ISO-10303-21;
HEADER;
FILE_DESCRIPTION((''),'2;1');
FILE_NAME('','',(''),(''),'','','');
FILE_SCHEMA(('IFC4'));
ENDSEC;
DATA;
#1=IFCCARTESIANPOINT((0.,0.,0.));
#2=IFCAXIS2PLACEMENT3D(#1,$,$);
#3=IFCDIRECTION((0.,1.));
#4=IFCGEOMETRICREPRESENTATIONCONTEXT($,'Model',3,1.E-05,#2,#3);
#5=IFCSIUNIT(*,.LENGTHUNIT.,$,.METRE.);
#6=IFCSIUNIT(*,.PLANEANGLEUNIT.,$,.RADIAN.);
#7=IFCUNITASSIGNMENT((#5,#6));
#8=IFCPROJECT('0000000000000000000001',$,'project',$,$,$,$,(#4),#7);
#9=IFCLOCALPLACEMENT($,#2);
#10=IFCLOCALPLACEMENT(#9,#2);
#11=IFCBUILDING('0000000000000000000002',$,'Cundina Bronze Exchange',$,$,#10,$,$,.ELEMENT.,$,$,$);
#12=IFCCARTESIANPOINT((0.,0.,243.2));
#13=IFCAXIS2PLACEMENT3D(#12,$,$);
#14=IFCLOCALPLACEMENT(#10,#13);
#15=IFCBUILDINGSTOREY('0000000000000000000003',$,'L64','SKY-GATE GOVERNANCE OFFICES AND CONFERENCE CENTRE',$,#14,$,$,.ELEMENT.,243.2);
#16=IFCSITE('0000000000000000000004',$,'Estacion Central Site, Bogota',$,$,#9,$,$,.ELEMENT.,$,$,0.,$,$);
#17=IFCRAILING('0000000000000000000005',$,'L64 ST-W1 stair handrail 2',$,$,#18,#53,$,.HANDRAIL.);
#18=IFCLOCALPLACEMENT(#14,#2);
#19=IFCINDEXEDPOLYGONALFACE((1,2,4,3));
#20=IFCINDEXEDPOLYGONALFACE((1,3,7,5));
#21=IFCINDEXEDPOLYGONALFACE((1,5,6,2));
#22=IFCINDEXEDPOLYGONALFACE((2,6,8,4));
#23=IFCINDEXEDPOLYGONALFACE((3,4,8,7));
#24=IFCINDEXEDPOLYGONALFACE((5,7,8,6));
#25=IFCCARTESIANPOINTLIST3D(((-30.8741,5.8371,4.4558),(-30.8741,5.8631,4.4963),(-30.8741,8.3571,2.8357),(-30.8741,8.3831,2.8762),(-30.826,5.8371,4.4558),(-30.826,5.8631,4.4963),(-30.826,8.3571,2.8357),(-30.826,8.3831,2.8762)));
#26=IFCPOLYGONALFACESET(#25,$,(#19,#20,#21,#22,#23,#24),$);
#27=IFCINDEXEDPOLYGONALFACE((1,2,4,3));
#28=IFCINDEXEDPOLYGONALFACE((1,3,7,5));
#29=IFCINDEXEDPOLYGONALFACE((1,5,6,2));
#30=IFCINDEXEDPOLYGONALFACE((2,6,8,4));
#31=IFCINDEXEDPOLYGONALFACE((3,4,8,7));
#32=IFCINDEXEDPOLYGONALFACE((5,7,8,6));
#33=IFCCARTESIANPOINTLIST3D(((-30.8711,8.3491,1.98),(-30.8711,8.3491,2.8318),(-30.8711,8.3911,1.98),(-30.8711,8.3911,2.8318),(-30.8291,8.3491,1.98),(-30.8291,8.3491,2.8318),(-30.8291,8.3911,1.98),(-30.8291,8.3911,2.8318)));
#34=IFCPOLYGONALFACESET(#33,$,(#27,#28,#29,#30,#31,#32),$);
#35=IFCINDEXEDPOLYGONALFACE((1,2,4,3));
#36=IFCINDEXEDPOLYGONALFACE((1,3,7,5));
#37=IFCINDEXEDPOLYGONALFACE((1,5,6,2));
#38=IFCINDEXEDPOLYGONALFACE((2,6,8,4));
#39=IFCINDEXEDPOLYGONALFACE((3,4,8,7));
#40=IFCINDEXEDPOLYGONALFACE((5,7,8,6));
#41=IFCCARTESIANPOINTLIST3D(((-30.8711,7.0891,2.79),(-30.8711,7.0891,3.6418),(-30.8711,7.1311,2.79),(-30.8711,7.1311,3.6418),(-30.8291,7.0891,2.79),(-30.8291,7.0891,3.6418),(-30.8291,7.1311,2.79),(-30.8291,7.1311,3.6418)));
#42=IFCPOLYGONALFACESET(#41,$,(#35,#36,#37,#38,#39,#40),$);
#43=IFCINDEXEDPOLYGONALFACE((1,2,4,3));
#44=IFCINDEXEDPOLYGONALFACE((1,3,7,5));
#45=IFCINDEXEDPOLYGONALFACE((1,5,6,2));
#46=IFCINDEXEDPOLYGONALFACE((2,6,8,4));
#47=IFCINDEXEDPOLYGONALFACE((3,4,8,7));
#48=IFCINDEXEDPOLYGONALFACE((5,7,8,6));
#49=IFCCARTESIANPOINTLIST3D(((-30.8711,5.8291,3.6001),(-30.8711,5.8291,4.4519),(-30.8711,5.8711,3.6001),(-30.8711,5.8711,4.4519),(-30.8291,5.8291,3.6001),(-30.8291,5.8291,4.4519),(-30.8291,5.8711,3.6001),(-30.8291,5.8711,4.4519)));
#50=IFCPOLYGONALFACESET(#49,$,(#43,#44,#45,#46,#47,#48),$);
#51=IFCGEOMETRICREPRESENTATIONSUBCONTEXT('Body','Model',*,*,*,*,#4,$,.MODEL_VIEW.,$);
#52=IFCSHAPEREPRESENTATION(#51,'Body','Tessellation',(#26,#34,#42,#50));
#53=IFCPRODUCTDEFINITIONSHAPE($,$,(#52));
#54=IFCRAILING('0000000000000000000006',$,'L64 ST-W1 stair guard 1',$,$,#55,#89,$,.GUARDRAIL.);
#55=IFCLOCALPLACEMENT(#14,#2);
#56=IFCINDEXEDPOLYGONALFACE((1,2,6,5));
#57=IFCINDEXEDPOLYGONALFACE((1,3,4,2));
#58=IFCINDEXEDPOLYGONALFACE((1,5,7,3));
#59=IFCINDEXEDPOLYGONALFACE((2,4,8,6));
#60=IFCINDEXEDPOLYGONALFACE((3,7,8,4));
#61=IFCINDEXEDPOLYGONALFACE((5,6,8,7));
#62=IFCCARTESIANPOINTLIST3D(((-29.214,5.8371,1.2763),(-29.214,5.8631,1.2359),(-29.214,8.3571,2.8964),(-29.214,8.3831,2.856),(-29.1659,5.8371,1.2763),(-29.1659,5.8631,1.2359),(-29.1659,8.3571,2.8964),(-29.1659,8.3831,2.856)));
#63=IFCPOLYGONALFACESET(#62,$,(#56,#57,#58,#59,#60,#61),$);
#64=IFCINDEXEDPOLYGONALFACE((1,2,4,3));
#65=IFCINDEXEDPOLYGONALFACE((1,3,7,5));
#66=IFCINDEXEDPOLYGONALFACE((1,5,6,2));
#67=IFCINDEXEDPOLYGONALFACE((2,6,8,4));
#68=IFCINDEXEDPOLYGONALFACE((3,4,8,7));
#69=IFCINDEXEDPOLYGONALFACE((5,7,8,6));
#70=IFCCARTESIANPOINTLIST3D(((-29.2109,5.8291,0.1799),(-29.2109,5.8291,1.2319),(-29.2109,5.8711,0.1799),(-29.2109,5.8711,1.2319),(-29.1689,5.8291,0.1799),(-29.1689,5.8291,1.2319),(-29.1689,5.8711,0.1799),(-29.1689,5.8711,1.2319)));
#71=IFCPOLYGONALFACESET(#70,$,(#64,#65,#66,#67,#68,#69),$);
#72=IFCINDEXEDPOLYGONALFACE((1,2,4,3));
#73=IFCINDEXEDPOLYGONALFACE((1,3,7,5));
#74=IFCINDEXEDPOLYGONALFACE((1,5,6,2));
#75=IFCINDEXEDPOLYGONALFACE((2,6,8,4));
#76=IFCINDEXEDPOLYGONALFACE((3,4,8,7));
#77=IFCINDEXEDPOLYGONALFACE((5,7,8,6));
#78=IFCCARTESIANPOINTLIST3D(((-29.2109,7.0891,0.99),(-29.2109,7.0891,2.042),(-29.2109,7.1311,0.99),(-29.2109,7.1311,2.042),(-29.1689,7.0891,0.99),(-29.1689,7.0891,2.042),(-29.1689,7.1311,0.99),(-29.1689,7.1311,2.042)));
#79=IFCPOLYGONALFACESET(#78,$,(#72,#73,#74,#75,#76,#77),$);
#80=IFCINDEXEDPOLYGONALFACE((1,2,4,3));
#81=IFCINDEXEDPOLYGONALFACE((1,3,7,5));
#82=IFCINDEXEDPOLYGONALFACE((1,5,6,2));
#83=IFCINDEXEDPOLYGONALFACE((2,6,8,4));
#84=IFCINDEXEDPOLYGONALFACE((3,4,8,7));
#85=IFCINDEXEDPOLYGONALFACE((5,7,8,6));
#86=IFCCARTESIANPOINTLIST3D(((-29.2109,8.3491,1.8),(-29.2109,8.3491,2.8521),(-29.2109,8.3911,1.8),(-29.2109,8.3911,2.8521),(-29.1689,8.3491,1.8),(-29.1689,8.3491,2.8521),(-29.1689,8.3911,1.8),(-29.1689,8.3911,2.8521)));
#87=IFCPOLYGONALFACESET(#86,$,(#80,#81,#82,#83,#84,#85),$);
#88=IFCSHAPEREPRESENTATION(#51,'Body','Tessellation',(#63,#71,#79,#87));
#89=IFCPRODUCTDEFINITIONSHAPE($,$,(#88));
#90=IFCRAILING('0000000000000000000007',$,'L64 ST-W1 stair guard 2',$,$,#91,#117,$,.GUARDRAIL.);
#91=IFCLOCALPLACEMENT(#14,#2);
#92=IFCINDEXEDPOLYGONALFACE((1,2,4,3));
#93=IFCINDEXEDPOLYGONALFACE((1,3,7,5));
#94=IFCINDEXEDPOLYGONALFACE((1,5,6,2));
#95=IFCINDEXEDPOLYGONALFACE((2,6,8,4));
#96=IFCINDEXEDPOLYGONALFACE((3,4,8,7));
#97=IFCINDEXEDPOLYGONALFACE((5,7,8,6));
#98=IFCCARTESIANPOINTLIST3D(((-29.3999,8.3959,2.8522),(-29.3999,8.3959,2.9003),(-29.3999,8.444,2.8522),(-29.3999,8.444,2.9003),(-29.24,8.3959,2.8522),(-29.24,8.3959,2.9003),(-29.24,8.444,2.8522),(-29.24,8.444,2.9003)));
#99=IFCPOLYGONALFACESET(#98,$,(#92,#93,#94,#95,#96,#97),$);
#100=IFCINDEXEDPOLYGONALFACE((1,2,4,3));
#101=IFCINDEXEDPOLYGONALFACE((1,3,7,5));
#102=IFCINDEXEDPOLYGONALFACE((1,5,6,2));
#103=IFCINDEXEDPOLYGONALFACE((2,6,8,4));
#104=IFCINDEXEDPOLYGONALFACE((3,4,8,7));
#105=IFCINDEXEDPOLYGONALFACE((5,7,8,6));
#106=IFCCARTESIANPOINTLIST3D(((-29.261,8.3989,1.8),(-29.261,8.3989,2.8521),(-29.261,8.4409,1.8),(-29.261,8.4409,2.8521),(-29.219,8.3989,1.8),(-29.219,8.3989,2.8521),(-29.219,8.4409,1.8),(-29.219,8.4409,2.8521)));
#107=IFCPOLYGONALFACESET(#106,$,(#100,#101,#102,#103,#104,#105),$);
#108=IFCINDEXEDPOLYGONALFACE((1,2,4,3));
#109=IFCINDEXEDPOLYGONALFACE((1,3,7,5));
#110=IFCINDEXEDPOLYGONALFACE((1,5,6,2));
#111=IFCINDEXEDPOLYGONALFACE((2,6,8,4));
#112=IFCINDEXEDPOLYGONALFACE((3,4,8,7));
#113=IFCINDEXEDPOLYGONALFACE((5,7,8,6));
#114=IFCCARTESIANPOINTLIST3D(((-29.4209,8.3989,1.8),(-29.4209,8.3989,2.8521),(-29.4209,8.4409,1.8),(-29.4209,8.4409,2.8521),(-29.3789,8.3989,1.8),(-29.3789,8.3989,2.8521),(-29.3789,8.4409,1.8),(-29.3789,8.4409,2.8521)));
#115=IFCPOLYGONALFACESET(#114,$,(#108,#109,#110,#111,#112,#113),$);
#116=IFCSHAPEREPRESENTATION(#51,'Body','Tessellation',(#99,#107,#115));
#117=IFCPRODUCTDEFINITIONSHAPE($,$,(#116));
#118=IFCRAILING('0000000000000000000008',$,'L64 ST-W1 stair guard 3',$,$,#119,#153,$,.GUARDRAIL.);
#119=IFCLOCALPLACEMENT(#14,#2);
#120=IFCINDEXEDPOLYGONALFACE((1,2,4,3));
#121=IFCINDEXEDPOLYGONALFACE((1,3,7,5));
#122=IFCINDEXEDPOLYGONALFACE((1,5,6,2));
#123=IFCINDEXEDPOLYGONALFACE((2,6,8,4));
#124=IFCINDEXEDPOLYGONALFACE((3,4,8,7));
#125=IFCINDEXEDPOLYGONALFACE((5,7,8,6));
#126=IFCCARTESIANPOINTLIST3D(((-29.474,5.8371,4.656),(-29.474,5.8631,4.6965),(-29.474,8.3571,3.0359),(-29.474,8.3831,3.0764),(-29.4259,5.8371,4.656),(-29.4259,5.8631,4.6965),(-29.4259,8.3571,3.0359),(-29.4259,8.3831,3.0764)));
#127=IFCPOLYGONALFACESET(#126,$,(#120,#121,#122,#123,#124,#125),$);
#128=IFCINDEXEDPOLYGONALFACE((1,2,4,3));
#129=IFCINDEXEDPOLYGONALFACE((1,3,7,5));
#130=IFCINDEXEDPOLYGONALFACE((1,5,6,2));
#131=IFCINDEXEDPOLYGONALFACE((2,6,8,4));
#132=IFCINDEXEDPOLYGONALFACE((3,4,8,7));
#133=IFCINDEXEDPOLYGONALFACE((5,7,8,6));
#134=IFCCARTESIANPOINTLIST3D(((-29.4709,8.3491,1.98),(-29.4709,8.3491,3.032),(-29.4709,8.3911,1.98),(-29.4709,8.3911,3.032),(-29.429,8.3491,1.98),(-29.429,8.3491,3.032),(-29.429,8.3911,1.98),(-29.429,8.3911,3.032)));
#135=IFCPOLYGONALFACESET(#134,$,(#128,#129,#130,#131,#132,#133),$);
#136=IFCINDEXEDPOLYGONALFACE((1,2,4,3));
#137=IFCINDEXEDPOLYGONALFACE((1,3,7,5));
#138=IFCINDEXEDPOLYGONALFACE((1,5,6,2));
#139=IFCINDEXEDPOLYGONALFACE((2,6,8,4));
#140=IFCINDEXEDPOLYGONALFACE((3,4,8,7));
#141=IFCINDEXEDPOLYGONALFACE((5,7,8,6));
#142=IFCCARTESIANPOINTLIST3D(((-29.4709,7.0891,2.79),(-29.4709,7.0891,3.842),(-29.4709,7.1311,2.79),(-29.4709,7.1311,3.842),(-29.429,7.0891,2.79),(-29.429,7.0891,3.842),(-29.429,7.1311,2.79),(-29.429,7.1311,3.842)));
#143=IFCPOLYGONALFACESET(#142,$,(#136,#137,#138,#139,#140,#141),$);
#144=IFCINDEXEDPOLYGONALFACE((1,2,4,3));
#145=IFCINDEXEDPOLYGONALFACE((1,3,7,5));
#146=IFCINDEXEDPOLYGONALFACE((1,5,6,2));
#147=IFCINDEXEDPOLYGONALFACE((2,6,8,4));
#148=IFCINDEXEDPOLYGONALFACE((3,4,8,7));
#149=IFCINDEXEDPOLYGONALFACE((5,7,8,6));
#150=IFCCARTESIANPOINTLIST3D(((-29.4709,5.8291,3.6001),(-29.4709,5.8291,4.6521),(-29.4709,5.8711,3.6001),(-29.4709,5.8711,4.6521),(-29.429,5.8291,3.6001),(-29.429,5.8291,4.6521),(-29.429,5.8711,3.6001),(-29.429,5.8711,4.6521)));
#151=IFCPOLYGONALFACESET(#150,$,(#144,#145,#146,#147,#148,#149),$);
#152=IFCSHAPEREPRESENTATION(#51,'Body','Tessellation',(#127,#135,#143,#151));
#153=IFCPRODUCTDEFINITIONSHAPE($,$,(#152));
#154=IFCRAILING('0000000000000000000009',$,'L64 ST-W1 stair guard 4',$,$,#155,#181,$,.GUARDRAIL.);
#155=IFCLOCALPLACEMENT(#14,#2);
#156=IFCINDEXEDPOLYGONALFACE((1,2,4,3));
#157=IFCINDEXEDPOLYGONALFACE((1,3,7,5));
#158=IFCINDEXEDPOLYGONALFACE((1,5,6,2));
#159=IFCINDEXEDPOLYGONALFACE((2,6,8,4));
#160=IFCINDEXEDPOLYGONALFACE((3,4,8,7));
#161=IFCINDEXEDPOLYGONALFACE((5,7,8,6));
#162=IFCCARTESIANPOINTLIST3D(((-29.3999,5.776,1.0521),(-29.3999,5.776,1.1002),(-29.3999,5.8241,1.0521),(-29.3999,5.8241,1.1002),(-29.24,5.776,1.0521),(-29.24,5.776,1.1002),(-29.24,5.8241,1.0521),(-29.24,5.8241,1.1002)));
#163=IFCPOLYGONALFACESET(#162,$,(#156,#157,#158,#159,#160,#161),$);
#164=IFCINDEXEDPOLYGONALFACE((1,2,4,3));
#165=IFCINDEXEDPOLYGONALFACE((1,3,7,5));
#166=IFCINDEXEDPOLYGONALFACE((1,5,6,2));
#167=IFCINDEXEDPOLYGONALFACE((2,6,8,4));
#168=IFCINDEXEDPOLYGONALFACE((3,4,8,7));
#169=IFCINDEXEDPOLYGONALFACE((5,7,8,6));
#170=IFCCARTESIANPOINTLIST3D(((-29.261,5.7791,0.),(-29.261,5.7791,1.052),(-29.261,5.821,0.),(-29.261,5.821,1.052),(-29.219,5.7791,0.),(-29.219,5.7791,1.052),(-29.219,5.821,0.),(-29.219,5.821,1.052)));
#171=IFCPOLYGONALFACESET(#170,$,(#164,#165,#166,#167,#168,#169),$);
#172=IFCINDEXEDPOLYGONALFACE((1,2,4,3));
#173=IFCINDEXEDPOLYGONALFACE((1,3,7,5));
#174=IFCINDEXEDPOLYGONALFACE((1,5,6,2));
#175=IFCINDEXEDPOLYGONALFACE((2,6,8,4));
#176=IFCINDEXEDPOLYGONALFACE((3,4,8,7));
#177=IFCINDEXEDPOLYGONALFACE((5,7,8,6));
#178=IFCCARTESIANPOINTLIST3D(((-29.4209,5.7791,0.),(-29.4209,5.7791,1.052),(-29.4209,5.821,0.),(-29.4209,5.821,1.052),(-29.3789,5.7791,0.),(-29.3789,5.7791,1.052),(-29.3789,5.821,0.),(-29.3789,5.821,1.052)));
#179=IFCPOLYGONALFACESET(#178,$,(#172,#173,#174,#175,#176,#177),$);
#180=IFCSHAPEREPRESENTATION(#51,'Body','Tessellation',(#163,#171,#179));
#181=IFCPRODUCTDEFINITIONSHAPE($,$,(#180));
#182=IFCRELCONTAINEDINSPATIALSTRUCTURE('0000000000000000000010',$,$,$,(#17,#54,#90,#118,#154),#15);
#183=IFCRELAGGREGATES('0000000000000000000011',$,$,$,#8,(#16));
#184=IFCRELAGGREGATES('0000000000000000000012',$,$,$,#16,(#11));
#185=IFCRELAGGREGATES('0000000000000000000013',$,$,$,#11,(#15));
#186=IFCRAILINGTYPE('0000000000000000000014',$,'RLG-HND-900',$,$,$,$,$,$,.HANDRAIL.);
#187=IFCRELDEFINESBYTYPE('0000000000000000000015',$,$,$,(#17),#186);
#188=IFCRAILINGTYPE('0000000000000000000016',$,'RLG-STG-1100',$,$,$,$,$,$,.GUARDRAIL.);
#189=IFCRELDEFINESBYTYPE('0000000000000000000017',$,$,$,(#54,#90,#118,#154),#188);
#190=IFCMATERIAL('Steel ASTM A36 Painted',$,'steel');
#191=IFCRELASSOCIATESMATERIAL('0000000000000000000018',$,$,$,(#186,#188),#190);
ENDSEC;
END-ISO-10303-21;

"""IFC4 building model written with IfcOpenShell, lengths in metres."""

from ifc_helpers import new_model, si_unit, direction, frame, origin, origin_2d, place, context, subcontext, project, spatial, rectangle, extrude, material, type_object, element, save


model = new_model("IFC4")

# Units and contexts
model_context = context("Model", 3, precision=1e-05, world=origin(), true_north=direction((0.0, 1.0)))
body_context = subcontext(model_context, "Body", "Model", "MODEL_VIEW")
ifc_project = project(units=[si_unit("LENGTHUNIT", "METRE"), si_unit("PLANEANGLEUNIT", "RADIAN")], contexts=[model_context])

# Site, building, storey
site_placement = place(None, origin())
site = spatial("IfcSite", under=ifc_project, at=site_placement, Name="Estacion Central Site, Bogota", CompositionType="ELEMENT", RefElevation=0.0)
building_placement = place(site_placement, origin())
building = spatial("IfcBuilding", under=site, at=building_placement, Name="Cundina Bronze Exchange", CompositionType="ELEMENT")
storey_placement = place(building_placement, frame((0.0, 0.0, 243.2)))
storey = spatial("IfcBuildingStorey", under=building, at=storey_placement, Name="L64", Description="SKY-GATE GOVERNANCE OFFICES AND CONFERENCE CENTRE", CompositionType="ELEMENT", Elevation=243.2)

# Shared definitions
ifc_material_1 = material(Name="Steel ASTM A36 Painted", Category="steel")

# Railings
railing_type_1 = type_object("IfcRailingType", Name="RLG-HND-900", PredefinedType="HANDRAIL", material=ifc_material_1)
railing_1_placement = place(storey_placement, frame((-30.8501, 8.3701, 1.98)))
element("IfcRailing", 1, at=railing_1_placement, inside=storey, type_object=railing_type_1, Name="L64 ST-W1 stair handrail 2", PredefinedType="HANDRAIL", context=body_context, shape_type="SweptSolid", body=[
    extrude(rectangle(XDim=0.0481, YDim=0.0481, at=origin_2d()), frame((0.0, 0.0, 0.876), z_axis=(0.0, -0.841163, 0.540782), x_axis=(1.0, 0.0, 0.0)), (0.0, 0.0, 1.0), 2.9958),
    extrude(rectangle(XDim=0.042, YDim=0.042, at=origin_2d()), origin(), (0.0, 0.0, 1.0), 0.8518),
    extrude(rectangle(XDim=0.042, YDim=0.042, at=origin_2d()), frame((0.0, -1.26, 0.8101)), (0.0, 0.0, 1.0), 0.8518),
    extrude(rectangle(XDim=0.042, YDim=0.042, at=origin_2d()), frame((0.0, -2.52, 1.6201)), (0.0, 0.0, 1.0), 0.8518),
])
railing_type_2 = type_object("IfcRailingType", Name="RLG-STG-1100", PredefinedType="GUARDRAIL", material=ifc_material_1)
railing_2_placement = place(storey_placement, frame((-29.1899, 5.8501, 0.1799)))
element("IfcRailing", 2, at=railing_2_placement, inside=storey, type_object=railing_type_2, Name="L64 ST-W1 stair guard 1", PredefinedType="GUARDRAIL", context=body_context, shape_type="SweptSolid", body=[
    extrude(rectangle(XDim=0.0481, YDim=0.0481, at=origin_2d()), frame((0.0, 0.0, 1.0762), z_axis=(0.0, 0.841163, 0.540782), x_axis=(-1.0, 0.0, 0.0)), (0.0, 0.0, 1.0), 2.9958),
    extrude(rectangle(XDim=0.042, YDim=0.042, at=origin_2d()), origin(), (0.0, 0.0, 1.0), 1.052),
    extrude(rectangle(XDim=0.042, YDim=0.042, at=origin_2d()), frame((0.0, 1.26, 0.8101)), (0.0, 0.0, 1.0), 1.052),
    extrude(rectangle(XDim=0.042, YDim=0.042, at=origin_2d()), frame((0.0, 2.52, 1.6201)), (0.0, 0.0, 1.0), 1.052),
])
railing_3_placement = place(storey_placement, frame((-29.24, 8.4199, 1.8)))
element("IfcRailing", 3, at=railing_3_placement, inside=storey, type_object=railing_type_2, Name="L64 ST-W1 stair guard 2", PredefinedType="GUARDRAIL", context=body_context, shape_type="SweptSolid", body=[
    extrude(rectangle(XDim=0.0481, YDim=0.0481, at=origin_2d()), frame((0.0, 0.0, 1.0762), z_axis=(-1.0, 0.0, 0.0), x_axis=(0.0, -1.0, 0.0)), (0.0, 0.0, 1.0), 0.1599),
    extrude(rectangle(XDim=0.042, YDim=0.042, at=origin_2d()), origin(), (0.0, 0.0, 1.0), 1.052),
    extrude(rectangle(XDim=0.042, YDim=0.042, at=origin_2d()), frame((-0.1599, 0.0, 0.0)), (0.0, 0.0, 1.0), 1.052),
])
railing_4_placement = place(storey_placement, frame((-29.45, 8.3701, 1.98)))
element("IfcRailing", 4, at=railing_4_placement, inside=storey, type_object=railing_type_2, Name="L64 ST-W1 stair guard 3", PredefinedType="GUARDRAIL", context=body_context, shape_type="SweptSolid", body=[
    extrude(rectangle(XDim=0.0481, YDim=0.0481, at=origin_2d()), frame((0.0, 0.0, 1.0762), z_axis=(0.0, -0.841163, 0.540782), x_axis=(1.0, 0.0, 0.0)), (0.0, 0.0, 1.0), 2.9958),
    extrude(rectangle(XDim=0.042, YDim=0.042, at=origin_2d()), origin(), (0.0, 0.0, 1.0), 1.052),
    extrude(rectangle(XDim=0.042, YDim=0.042, at=origin_2d()), frame((0.0, -1.26, 0.8101)), (0.0, 0.0, 1.0), 1.052),
    extrude(rectangle(XDim=0.042, YDim=0.042, at=origin_2d()), frame((0.0, -2.52, 1.6201)), (0.0, 0.0, 1.0), 1.052),
])
railing_5_placement = place(storey_placement, frame((-29.24, 5.8, 0.0)))
element("IfcRailing", 5, at=railing_5_placement, inside=storey, type_object=railing_type_2, Name="L64 ST-W1 stair guard 4", PredefinedType="GUARDRAIL", context=body_context, shape_type="SweptSolid", body=[
    extrude(rectangle(XDim=0.0481, YDim=0.0481, at=origin_2d()), frame((0.0, 0.0, 1.0762), z_axis=(-1.0, 0.0, 0.0), x_axis=(0.0, -1.0, 0.0)), (0.0, 0.0, 1.0), 0.1599),
    extrude(rectangle(XDim=0.042, YDim=0.042, at=origin_2d()), origin(), (0.0, 0.0, 1.0), 1.052),
    extrude(rectangle(XDim=0.042, YDim=0.042, at=origin_2d()), frame((-0.1599, 0.0, 0.0)), (0.0, 0.0, 1.0), 1.052),
])

save(model, "model.ifc")
